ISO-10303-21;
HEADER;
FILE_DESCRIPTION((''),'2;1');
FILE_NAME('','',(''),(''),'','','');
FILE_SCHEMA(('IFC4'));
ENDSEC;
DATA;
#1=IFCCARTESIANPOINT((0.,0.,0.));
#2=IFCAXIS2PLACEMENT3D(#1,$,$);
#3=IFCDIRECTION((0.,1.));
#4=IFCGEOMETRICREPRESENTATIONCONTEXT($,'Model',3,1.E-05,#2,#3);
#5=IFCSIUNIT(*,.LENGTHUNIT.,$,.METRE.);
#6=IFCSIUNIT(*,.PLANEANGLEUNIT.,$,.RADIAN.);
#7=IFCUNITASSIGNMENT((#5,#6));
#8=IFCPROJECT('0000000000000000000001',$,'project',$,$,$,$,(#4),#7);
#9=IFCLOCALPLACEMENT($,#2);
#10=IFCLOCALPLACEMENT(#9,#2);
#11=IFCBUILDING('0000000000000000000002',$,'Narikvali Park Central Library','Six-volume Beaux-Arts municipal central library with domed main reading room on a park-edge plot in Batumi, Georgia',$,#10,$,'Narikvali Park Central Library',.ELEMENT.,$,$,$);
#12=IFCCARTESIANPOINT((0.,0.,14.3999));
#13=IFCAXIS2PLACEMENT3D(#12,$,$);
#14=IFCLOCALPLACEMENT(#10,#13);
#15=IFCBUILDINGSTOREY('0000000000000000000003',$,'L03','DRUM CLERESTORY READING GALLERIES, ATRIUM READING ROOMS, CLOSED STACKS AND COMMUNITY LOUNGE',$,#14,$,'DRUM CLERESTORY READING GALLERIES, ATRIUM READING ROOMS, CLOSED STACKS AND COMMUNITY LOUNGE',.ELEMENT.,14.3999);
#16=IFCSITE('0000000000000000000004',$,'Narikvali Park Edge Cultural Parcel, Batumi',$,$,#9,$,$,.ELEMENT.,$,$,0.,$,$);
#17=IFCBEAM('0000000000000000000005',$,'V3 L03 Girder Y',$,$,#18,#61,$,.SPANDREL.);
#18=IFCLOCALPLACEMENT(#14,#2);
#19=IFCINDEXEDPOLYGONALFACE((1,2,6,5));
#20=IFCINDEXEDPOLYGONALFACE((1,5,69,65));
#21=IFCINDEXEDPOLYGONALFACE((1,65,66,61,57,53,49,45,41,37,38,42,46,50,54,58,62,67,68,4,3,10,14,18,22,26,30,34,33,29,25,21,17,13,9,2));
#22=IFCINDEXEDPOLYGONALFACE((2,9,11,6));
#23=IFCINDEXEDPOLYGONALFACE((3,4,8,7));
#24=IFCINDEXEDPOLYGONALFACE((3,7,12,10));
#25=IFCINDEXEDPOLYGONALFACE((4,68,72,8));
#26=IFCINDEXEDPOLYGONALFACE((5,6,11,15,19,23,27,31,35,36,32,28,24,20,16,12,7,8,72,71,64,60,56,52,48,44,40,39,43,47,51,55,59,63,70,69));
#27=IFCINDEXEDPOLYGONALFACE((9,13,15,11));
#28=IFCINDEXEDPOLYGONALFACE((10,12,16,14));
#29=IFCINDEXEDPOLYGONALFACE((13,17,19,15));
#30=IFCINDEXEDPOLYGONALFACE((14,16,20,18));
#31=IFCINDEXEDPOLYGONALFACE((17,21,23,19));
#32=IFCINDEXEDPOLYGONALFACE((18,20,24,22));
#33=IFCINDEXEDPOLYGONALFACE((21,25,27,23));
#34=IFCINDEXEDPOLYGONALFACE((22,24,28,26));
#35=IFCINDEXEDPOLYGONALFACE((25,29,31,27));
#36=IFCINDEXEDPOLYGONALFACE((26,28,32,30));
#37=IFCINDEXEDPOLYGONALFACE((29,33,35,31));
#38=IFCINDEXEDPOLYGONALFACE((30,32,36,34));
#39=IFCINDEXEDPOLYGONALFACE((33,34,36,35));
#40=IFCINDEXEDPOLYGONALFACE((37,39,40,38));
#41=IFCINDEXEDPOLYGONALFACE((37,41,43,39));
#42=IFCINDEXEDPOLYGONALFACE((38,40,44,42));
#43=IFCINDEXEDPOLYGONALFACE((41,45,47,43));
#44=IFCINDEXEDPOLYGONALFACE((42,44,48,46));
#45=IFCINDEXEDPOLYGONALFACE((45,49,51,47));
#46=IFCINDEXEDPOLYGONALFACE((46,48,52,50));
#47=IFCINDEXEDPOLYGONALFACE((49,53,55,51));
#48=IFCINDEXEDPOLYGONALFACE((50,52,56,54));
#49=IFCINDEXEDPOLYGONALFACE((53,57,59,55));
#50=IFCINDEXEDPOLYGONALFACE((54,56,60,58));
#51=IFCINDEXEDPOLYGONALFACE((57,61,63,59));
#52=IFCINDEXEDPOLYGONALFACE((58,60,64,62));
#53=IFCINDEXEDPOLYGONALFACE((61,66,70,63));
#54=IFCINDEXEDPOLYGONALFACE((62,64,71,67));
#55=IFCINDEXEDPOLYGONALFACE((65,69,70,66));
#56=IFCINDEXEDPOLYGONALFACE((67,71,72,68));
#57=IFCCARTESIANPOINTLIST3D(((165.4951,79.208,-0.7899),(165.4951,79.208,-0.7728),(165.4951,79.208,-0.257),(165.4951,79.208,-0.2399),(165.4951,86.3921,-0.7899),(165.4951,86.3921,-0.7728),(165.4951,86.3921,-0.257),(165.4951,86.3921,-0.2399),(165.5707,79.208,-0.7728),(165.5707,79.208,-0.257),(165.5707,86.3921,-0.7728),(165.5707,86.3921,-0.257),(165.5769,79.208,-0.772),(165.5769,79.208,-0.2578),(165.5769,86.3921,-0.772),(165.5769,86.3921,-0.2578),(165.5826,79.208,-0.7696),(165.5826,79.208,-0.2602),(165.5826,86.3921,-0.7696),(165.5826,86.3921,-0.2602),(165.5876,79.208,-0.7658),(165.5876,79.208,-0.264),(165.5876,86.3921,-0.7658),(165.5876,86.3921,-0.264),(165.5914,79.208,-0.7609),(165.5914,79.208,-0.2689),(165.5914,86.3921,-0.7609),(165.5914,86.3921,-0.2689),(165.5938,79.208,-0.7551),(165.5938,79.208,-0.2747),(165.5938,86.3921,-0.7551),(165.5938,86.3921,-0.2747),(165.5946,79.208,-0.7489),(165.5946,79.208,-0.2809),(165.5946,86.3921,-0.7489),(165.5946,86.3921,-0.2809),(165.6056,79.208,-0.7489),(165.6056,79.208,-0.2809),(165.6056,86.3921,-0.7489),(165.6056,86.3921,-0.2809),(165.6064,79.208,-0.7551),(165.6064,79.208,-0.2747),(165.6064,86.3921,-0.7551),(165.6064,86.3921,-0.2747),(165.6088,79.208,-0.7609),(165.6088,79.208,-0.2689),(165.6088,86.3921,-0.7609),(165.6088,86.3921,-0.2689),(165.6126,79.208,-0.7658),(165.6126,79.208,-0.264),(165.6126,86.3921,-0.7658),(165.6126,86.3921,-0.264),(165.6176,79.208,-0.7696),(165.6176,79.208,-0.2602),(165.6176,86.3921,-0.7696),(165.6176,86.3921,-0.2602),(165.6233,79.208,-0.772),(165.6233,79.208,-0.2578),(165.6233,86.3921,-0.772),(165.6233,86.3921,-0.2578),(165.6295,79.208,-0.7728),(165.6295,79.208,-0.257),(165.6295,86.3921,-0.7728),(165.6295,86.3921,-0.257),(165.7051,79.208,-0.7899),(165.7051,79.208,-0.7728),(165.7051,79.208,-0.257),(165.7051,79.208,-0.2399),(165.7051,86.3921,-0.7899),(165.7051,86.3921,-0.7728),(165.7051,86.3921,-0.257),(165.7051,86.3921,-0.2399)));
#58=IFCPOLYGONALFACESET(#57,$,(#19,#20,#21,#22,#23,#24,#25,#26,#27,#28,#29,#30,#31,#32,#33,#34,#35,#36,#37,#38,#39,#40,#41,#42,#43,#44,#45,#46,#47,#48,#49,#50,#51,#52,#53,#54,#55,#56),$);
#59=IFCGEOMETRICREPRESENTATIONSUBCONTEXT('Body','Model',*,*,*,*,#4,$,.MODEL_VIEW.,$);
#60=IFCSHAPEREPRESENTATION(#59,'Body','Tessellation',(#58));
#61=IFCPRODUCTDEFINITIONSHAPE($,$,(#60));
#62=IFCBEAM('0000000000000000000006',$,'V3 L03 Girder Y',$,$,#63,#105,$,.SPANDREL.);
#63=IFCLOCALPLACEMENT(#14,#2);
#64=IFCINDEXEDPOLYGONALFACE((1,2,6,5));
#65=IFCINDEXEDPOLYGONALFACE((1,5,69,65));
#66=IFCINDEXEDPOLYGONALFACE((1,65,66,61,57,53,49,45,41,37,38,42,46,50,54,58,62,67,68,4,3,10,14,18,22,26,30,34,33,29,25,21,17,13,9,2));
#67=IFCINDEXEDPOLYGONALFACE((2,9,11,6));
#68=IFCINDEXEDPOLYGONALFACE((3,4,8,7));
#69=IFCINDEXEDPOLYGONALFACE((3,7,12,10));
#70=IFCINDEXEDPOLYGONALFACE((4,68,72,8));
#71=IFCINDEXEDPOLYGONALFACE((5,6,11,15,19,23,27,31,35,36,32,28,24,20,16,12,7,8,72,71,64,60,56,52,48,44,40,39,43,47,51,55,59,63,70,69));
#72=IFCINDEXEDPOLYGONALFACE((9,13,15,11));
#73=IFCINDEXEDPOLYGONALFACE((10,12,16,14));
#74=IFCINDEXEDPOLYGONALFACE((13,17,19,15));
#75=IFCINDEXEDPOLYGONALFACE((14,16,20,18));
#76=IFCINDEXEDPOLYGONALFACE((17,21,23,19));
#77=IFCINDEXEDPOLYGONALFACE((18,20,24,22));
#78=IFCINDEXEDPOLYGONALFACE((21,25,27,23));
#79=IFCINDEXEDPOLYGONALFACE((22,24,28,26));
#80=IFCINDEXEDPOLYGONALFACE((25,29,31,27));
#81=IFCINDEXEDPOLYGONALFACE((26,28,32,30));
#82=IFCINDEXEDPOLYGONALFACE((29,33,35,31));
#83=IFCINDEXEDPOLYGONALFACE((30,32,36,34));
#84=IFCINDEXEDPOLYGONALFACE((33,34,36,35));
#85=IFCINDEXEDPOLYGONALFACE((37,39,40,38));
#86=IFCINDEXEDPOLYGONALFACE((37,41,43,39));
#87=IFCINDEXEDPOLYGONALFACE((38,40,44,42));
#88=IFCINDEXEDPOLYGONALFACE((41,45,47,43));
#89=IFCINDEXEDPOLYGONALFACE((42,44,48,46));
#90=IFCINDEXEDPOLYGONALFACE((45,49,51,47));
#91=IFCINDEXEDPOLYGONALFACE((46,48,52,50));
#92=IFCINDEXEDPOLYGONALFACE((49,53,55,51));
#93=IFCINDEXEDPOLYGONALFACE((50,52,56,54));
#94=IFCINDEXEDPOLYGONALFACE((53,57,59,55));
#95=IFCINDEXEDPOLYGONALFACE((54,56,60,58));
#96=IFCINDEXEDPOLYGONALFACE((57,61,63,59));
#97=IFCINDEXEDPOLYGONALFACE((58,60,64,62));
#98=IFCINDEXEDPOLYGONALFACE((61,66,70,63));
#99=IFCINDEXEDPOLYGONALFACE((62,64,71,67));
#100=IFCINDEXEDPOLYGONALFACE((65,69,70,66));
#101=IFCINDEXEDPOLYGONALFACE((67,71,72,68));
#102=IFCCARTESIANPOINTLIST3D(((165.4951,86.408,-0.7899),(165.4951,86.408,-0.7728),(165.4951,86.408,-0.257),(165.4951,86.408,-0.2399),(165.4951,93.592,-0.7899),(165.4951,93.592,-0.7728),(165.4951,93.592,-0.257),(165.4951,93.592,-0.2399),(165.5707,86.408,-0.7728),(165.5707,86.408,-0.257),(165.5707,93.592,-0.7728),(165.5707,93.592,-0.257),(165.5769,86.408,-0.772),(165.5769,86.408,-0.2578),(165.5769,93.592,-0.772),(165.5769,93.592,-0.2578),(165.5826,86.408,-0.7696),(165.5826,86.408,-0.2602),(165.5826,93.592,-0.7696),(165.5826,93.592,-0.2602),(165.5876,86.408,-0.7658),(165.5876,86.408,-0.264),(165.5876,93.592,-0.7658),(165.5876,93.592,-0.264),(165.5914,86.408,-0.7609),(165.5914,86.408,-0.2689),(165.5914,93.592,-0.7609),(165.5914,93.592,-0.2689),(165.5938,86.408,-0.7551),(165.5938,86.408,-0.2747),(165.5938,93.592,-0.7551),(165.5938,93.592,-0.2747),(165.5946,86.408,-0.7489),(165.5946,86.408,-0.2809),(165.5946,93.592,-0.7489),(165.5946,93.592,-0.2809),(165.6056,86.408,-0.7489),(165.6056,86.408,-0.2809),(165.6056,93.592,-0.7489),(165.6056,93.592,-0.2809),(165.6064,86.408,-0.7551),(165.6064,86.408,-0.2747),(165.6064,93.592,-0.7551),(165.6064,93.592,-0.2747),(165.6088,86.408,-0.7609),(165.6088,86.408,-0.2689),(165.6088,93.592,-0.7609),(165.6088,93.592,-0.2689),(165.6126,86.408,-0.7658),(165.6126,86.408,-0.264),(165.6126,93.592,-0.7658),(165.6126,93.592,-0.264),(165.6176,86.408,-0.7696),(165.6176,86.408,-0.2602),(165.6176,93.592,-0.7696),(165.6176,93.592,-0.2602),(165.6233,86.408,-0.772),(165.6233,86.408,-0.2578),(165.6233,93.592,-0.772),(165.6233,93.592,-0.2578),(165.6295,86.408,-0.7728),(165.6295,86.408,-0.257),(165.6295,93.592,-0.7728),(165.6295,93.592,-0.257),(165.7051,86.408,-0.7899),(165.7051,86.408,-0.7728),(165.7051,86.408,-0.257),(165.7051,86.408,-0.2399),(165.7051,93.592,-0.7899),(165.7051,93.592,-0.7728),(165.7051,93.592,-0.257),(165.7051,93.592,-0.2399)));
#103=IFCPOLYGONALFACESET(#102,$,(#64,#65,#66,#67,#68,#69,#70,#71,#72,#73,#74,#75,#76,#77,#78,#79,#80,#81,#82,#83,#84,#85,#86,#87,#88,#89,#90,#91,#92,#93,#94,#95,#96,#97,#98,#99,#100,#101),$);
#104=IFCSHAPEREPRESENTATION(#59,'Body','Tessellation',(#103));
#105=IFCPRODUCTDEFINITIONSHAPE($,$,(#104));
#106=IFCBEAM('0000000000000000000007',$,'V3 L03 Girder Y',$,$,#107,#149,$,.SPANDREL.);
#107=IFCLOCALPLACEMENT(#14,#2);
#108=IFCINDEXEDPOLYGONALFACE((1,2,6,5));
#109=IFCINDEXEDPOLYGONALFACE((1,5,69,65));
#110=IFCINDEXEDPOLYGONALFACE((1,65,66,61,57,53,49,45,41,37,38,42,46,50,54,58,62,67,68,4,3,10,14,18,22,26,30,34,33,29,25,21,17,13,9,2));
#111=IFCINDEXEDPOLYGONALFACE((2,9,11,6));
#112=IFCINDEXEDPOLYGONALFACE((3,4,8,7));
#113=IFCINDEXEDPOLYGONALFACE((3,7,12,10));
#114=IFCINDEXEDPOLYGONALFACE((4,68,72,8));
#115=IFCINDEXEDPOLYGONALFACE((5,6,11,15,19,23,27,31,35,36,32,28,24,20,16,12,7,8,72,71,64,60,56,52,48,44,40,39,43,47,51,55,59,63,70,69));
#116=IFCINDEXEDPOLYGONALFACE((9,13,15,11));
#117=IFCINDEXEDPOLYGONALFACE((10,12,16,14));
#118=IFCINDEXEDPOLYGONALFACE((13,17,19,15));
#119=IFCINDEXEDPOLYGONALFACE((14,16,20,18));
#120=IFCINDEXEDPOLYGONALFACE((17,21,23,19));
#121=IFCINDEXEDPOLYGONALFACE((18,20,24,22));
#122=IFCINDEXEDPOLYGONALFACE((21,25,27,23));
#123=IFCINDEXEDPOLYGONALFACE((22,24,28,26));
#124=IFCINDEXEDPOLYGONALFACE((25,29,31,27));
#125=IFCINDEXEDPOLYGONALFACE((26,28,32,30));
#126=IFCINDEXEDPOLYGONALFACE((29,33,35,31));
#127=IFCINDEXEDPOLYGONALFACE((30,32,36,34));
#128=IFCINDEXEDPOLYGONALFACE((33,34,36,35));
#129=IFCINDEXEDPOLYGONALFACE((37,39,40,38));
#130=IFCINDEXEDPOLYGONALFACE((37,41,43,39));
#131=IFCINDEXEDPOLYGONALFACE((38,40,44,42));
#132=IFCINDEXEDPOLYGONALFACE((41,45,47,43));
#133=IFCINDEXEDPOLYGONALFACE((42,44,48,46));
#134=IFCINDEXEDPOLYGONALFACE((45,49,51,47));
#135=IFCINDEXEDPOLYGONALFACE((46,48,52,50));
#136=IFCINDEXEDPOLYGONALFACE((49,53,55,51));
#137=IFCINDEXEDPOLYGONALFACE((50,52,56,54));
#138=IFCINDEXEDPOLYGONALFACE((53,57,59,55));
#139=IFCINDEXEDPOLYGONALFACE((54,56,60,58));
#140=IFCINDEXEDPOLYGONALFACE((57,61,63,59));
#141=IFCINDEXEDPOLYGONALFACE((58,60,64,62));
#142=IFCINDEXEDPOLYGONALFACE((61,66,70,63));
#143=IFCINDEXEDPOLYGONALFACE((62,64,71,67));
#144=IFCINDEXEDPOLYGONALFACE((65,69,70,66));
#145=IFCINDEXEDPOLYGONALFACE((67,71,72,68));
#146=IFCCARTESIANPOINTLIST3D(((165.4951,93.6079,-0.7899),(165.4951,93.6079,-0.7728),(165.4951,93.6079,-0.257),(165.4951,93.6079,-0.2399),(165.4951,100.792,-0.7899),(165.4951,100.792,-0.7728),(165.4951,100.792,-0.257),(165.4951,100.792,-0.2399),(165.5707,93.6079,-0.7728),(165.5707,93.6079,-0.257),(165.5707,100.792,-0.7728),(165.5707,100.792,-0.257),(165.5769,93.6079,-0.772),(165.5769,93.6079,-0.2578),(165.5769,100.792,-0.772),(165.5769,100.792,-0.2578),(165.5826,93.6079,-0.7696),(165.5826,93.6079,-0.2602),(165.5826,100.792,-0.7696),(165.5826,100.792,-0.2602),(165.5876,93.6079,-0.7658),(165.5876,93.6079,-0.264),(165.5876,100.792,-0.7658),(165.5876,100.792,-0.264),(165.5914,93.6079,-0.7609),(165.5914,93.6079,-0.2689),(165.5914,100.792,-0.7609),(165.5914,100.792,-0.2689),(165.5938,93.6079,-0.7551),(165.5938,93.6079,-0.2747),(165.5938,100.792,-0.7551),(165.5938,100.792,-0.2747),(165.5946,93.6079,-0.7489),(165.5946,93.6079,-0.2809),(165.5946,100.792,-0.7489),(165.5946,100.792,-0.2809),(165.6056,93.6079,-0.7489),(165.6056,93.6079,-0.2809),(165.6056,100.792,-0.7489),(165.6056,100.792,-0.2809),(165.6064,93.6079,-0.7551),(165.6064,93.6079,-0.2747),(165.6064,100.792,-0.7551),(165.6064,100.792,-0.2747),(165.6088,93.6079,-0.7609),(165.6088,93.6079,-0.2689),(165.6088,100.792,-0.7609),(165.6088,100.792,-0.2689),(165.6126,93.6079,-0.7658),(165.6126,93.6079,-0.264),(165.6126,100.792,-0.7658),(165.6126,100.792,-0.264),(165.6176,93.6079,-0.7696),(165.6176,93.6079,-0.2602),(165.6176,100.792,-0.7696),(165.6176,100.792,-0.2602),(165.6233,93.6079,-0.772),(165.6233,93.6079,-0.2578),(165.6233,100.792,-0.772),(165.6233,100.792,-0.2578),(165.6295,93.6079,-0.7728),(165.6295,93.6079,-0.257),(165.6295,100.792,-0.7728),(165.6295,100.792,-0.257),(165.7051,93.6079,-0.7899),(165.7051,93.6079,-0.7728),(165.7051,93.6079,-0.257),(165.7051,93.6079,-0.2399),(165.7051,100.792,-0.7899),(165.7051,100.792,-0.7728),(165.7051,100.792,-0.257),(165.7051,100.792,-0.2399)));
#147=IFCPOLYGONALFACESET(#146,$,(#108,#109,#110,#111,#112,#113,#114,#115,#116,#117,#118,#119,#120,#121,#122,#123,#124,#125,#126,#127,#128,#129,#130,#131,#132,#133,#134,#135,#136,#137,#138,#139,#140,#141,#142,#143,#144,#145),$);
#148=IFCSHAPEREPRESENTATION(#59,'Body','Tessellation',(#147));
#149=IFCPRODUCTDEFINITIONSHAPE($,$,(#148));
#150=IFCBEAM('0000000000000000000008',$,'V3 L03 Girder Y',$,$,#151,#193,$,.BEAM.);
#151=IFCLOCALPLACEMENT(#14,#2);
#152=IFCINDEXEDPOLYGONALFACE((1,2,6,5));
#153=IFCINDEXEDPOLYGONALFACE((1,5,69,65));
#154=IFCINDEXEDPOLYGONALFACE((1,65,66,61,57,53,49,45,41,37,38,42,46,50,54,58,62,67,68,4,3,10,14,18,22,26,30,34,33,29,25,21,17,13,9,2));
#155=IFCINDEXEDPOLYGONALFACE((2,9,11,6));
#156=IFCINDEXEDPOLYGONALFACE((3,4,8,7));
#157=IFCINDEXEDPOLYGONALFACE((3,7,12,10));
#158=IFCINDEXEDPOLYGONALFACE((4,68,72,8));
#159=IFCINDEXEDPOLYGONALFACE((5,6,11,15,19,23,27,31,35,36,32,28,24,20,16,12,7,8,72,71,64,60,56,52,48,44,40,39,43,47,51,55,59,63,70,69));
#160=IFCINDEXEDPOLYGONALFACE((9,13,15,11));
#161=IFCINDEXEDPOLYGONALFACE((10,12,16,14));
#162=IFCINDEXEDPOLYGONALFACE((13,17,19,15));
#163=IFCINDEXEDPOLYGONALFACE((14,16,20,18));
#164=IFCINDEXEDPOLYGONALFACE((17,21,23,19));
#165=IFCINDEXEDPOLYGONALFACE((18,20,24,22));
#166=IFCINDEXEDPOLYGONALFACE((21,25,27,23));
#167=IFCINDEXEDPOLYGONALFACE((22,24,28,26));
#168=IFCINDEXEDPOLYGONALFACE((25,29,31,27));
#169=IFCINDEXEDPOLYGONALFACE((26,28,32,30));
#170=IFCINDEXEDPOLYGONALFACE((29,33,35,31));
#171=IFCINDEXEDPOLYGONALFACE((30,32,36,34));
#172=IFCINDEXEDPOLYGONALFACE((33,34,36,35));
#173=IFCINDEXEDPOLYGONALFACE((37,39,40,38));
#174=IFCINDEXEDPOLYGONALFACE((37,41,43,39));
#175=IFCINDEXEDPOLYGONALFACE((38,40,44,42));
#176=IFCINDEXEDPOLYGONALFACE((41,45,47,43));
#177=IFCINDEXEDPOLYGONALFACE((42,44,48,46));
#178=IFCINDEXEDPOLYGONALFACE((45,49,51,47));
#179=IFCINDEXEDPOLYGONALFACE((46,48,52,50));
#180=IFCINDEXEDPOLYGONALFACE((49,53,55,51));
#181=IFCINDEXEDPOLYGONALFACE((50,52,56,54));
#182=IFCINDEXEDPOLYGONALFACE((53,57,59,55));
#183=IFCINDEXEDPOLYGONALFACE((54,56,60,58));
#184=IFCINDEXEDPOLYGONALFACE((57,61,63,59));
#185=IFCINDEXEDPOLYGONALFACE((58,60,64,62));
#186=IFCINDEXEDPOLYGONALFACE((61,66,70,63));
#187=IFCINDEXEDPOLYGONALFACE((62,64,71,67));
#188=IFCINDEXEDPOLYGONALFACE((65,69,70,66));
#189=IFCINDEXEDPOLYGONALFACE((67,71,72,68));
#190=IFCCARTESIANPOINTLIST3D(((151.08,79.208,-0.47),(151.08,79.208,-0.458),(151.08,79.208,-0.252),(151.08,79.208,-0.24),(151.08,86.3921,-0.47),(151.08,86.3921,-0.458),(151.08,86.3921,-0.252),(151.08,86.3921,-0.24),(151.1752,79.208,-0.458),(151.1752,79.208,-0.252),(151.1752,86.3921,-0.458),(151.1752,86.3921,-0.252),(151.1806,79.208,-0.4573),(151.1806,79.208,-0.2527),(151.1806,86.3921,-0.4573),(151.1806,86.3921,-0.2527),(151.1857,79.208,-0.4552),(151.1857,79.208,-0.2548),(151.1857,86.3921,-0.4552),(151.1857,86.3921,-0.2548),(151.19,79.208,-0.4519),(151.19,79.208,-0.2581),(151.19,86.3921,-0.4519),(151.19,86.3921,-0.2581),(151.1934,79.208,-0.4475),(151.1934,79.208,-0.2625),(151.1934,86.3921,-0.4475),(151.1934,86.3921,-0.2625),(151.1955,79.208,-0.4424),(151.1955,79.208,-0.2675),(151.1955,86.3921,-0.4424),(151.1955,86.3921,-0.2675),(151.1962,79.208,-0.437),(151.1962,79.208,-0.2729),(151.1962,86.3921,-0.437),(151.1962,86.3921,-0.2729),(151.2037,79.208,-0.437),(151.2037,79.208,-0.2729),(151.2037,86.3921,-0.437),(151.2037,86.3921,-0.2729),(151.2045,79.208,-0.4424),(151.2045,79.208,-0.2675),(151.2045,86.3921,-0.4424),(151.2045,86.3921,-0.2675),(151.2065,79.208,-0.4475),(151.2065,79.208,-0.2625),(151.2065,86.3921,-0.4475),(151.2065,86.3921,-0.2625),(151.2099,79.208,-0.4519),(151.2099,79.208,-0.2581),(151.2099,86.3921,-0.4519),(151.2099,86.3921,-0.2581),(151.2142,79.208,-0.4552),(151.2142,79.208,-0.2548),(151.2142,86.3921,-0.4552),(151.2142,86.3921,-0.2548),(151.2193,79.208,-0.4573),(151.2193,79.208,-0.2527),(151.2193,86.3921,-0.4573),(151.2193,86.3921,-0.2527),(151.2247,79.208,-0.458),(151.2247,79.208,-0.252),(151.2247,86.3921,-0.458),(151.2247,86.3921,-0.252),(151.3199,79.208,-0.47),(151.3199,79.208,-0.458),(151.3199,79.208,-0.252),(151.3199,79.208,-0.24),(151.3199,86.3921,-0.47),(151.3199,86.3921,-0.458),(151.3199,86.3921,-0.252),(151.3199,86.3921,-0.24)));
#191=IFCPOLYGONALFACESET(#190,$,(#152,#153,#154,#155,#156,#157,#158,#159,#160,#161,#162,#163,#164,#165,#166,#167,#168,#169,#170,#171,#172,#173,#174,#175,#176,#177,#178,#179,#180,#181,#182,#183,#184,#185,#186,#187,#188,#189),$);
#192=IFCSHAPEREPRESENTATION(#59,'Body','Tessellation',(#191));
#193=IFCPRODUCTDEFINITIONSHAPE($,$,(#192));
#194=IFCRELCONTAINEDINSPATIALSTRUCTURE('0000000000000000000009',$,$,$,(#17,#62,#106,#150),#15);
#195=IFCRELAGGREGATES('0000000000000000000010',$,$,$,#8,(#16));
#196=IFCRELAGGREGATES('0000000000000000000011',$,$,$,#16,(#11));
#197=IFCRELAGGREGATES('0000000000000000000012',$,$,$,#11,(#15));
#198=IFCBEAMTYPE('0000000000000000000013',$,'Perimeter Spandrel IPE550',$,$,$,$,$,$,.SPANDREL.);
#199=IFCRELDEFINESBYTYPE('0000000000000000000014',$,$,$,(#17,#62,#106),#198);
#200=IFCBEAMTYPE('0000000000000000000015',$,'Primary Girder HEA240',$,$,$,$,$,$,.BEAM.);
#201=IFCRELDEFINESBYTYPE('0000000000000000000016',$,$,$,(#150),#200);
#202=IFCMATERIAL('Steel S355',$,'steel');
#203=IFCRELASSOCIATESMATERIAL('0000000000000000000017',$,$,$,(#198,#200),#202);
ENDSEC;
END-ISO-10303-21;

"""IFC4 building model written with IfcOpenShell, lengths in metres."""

from ifc_helpers import new_model, si_unit, direction, frame, origin, origin_2d, place, context, subcontext, project, spatial, i_section, extrude, material, material_profile, profile_set, type_object, element, save


model = new_model("IFC4")

# Units and contexts
model_context = context("Model", 3, precision=1e-05, world=origin(), true_north=direction((0.0, 1.0)))
body_context = subcontext(model_context, "Body", "Model", "MODEL_VIEW")
ifc_project = project(units=[si_unit("LENGTHUNIT", "METRE"), si_unit("PLANEANGLEUNIT", "RADIAN")], contexts=[model_context])

# Site, building, storey
site_placement = place(None, origin())
site = spatial("IfcSite", under=ifc_project, at=site_placement, Name="Narikvali Park Edge Cultural Parcel, Batumi", CompositionType="ELEMENT", RefElevation=0.0)
building_placement = place(site_placement, origin())
building = spatial("IfcBuilding", under=site, at=building_placement, Name="Narikvali Park Central Library", Description="Six-volume Beaux-Arts municipal central library with domed main reading room on a park-edge plot in Batumi, Georgia", LongName="Narikvali Park Central Library", CompositionType="ELEMENT")
storey_placement = place(building_placement, frame((0.0, 0.0, 14.3999)))
storey = spatial("IfcBuildingStorey", under=building, at=storey_placement, Name="L03", Description="DRUM CLERESTORY READING GALLERIES, ATRIUM READING ROOMS, CLOSED STACKS AND COMMUNITY LOUNGE", LongName="DRUM CLERESTORY READING GALLERIES, ATRIUM READING ROOMS, CLOSED STACKS AND COMMUNITY LOUNGE", CompositionType="ELEMENT", Elevation=14.3999)

# Shared definitions
ifc_material_1 = material(Name="Steel S355", Category="steel")

# Beams
ifc_material_profile_1 = material_profile(ifc_material_1, i_section(OverallWidth=0.21, OverallDepth=0.55, WebThickness=0.011, FlangeThickness=0.0171, FilletRadius=0.0239, at=origin_2d()), Name="IPE 550")
ifc_profile_set_1 = profile_set([ifc_material_profile_1], Name="Steel S355")
beam_type_1 = type_object("IfcBeamType", Name="Perimeter Spandrel IPE550", PredefinedType="SPANDREL", material=ifc_profile_set_1)
for number, where, z_axis, x_axis, name in (
    (1, (165.6001, 79.208, -0.5149), (0.0, 1.0, 0.0), (-1.0, 0.0, 0.0), "V3 L03 Girder Y"),
    (2, (165.6001, 86.408, -0.5149), (0.0, 1.0, 0.0), (-1.0, 0.0, 0.0), "V3 L03 Girder Y"),
    (3, (165.6001, 93.6079, -0.5149), (0.0, 1.0, 0.0), (-1.0, 0.0, 0.0), "V3 L03 Girder Y"),
):
    element("IfcBeam", number, at=place(storey_placement, frame(where, z_axis=z_axis, x_axis=x_axis)), inside=storey, type_object=beam_type_1, Name=name, PredefinedType="SPANDREL", context=body_context, shape_type="SweptSolid", body=[
        extrude(i_section(OverallWidth=0.21, OverallDepth=0.55, WebThickness=0.011, FlangeThickness=0.0171, FilletRadius=0.0239, at=origin_2d()), origin(), (0.0, 0.0, 1.0), 7.1841),
    ])
ifc_material_profile_2 = material_profile(ifc_material_1, i_section(OverallWidth=0.24, OverallDepth=0.23, WebThickness=0.0076, FlangeThickness=0.012, FilletRadius=0.021, at=origin_2d()), Name="HEA 240")
ifc_profile_set_2 = profile_set([ifc_material_profile_2], Name="Steel S355")
beam_type_2 = type_object("IfcBeamType", Name="Primary Girder HEA240", PredefinedType="BEAM", material=ifc_profile_set_2)
for number, where, z_axis, x_axis, name in (
    (4, (151.2, 79.208, -0.355), (0.0, 1.0, 0.0), (-1.0, 0.0, 0.0), "V3 L03 Girder Y"),
):
    element("IfcBeam", number, at=place(storey_placement, frame(where, z_axis=z_axis, x_axis=x_axis)), inside=storey, type_object=beam_type_2, Name=name, PredefinedType="BEAM", context=body_context, shape_type="SweptSolid", body=[
        extrude(i_section(OverallWidth=0.24, OverallDepth=0.23, WebThickness=0.0076, FlangeThickness=0.012, FilletRadius=0.021, at=origin_2d()), origin(), (0.0, 0.0, 1.0), 7.1841),
    ])

save(model, "model.ifc")
